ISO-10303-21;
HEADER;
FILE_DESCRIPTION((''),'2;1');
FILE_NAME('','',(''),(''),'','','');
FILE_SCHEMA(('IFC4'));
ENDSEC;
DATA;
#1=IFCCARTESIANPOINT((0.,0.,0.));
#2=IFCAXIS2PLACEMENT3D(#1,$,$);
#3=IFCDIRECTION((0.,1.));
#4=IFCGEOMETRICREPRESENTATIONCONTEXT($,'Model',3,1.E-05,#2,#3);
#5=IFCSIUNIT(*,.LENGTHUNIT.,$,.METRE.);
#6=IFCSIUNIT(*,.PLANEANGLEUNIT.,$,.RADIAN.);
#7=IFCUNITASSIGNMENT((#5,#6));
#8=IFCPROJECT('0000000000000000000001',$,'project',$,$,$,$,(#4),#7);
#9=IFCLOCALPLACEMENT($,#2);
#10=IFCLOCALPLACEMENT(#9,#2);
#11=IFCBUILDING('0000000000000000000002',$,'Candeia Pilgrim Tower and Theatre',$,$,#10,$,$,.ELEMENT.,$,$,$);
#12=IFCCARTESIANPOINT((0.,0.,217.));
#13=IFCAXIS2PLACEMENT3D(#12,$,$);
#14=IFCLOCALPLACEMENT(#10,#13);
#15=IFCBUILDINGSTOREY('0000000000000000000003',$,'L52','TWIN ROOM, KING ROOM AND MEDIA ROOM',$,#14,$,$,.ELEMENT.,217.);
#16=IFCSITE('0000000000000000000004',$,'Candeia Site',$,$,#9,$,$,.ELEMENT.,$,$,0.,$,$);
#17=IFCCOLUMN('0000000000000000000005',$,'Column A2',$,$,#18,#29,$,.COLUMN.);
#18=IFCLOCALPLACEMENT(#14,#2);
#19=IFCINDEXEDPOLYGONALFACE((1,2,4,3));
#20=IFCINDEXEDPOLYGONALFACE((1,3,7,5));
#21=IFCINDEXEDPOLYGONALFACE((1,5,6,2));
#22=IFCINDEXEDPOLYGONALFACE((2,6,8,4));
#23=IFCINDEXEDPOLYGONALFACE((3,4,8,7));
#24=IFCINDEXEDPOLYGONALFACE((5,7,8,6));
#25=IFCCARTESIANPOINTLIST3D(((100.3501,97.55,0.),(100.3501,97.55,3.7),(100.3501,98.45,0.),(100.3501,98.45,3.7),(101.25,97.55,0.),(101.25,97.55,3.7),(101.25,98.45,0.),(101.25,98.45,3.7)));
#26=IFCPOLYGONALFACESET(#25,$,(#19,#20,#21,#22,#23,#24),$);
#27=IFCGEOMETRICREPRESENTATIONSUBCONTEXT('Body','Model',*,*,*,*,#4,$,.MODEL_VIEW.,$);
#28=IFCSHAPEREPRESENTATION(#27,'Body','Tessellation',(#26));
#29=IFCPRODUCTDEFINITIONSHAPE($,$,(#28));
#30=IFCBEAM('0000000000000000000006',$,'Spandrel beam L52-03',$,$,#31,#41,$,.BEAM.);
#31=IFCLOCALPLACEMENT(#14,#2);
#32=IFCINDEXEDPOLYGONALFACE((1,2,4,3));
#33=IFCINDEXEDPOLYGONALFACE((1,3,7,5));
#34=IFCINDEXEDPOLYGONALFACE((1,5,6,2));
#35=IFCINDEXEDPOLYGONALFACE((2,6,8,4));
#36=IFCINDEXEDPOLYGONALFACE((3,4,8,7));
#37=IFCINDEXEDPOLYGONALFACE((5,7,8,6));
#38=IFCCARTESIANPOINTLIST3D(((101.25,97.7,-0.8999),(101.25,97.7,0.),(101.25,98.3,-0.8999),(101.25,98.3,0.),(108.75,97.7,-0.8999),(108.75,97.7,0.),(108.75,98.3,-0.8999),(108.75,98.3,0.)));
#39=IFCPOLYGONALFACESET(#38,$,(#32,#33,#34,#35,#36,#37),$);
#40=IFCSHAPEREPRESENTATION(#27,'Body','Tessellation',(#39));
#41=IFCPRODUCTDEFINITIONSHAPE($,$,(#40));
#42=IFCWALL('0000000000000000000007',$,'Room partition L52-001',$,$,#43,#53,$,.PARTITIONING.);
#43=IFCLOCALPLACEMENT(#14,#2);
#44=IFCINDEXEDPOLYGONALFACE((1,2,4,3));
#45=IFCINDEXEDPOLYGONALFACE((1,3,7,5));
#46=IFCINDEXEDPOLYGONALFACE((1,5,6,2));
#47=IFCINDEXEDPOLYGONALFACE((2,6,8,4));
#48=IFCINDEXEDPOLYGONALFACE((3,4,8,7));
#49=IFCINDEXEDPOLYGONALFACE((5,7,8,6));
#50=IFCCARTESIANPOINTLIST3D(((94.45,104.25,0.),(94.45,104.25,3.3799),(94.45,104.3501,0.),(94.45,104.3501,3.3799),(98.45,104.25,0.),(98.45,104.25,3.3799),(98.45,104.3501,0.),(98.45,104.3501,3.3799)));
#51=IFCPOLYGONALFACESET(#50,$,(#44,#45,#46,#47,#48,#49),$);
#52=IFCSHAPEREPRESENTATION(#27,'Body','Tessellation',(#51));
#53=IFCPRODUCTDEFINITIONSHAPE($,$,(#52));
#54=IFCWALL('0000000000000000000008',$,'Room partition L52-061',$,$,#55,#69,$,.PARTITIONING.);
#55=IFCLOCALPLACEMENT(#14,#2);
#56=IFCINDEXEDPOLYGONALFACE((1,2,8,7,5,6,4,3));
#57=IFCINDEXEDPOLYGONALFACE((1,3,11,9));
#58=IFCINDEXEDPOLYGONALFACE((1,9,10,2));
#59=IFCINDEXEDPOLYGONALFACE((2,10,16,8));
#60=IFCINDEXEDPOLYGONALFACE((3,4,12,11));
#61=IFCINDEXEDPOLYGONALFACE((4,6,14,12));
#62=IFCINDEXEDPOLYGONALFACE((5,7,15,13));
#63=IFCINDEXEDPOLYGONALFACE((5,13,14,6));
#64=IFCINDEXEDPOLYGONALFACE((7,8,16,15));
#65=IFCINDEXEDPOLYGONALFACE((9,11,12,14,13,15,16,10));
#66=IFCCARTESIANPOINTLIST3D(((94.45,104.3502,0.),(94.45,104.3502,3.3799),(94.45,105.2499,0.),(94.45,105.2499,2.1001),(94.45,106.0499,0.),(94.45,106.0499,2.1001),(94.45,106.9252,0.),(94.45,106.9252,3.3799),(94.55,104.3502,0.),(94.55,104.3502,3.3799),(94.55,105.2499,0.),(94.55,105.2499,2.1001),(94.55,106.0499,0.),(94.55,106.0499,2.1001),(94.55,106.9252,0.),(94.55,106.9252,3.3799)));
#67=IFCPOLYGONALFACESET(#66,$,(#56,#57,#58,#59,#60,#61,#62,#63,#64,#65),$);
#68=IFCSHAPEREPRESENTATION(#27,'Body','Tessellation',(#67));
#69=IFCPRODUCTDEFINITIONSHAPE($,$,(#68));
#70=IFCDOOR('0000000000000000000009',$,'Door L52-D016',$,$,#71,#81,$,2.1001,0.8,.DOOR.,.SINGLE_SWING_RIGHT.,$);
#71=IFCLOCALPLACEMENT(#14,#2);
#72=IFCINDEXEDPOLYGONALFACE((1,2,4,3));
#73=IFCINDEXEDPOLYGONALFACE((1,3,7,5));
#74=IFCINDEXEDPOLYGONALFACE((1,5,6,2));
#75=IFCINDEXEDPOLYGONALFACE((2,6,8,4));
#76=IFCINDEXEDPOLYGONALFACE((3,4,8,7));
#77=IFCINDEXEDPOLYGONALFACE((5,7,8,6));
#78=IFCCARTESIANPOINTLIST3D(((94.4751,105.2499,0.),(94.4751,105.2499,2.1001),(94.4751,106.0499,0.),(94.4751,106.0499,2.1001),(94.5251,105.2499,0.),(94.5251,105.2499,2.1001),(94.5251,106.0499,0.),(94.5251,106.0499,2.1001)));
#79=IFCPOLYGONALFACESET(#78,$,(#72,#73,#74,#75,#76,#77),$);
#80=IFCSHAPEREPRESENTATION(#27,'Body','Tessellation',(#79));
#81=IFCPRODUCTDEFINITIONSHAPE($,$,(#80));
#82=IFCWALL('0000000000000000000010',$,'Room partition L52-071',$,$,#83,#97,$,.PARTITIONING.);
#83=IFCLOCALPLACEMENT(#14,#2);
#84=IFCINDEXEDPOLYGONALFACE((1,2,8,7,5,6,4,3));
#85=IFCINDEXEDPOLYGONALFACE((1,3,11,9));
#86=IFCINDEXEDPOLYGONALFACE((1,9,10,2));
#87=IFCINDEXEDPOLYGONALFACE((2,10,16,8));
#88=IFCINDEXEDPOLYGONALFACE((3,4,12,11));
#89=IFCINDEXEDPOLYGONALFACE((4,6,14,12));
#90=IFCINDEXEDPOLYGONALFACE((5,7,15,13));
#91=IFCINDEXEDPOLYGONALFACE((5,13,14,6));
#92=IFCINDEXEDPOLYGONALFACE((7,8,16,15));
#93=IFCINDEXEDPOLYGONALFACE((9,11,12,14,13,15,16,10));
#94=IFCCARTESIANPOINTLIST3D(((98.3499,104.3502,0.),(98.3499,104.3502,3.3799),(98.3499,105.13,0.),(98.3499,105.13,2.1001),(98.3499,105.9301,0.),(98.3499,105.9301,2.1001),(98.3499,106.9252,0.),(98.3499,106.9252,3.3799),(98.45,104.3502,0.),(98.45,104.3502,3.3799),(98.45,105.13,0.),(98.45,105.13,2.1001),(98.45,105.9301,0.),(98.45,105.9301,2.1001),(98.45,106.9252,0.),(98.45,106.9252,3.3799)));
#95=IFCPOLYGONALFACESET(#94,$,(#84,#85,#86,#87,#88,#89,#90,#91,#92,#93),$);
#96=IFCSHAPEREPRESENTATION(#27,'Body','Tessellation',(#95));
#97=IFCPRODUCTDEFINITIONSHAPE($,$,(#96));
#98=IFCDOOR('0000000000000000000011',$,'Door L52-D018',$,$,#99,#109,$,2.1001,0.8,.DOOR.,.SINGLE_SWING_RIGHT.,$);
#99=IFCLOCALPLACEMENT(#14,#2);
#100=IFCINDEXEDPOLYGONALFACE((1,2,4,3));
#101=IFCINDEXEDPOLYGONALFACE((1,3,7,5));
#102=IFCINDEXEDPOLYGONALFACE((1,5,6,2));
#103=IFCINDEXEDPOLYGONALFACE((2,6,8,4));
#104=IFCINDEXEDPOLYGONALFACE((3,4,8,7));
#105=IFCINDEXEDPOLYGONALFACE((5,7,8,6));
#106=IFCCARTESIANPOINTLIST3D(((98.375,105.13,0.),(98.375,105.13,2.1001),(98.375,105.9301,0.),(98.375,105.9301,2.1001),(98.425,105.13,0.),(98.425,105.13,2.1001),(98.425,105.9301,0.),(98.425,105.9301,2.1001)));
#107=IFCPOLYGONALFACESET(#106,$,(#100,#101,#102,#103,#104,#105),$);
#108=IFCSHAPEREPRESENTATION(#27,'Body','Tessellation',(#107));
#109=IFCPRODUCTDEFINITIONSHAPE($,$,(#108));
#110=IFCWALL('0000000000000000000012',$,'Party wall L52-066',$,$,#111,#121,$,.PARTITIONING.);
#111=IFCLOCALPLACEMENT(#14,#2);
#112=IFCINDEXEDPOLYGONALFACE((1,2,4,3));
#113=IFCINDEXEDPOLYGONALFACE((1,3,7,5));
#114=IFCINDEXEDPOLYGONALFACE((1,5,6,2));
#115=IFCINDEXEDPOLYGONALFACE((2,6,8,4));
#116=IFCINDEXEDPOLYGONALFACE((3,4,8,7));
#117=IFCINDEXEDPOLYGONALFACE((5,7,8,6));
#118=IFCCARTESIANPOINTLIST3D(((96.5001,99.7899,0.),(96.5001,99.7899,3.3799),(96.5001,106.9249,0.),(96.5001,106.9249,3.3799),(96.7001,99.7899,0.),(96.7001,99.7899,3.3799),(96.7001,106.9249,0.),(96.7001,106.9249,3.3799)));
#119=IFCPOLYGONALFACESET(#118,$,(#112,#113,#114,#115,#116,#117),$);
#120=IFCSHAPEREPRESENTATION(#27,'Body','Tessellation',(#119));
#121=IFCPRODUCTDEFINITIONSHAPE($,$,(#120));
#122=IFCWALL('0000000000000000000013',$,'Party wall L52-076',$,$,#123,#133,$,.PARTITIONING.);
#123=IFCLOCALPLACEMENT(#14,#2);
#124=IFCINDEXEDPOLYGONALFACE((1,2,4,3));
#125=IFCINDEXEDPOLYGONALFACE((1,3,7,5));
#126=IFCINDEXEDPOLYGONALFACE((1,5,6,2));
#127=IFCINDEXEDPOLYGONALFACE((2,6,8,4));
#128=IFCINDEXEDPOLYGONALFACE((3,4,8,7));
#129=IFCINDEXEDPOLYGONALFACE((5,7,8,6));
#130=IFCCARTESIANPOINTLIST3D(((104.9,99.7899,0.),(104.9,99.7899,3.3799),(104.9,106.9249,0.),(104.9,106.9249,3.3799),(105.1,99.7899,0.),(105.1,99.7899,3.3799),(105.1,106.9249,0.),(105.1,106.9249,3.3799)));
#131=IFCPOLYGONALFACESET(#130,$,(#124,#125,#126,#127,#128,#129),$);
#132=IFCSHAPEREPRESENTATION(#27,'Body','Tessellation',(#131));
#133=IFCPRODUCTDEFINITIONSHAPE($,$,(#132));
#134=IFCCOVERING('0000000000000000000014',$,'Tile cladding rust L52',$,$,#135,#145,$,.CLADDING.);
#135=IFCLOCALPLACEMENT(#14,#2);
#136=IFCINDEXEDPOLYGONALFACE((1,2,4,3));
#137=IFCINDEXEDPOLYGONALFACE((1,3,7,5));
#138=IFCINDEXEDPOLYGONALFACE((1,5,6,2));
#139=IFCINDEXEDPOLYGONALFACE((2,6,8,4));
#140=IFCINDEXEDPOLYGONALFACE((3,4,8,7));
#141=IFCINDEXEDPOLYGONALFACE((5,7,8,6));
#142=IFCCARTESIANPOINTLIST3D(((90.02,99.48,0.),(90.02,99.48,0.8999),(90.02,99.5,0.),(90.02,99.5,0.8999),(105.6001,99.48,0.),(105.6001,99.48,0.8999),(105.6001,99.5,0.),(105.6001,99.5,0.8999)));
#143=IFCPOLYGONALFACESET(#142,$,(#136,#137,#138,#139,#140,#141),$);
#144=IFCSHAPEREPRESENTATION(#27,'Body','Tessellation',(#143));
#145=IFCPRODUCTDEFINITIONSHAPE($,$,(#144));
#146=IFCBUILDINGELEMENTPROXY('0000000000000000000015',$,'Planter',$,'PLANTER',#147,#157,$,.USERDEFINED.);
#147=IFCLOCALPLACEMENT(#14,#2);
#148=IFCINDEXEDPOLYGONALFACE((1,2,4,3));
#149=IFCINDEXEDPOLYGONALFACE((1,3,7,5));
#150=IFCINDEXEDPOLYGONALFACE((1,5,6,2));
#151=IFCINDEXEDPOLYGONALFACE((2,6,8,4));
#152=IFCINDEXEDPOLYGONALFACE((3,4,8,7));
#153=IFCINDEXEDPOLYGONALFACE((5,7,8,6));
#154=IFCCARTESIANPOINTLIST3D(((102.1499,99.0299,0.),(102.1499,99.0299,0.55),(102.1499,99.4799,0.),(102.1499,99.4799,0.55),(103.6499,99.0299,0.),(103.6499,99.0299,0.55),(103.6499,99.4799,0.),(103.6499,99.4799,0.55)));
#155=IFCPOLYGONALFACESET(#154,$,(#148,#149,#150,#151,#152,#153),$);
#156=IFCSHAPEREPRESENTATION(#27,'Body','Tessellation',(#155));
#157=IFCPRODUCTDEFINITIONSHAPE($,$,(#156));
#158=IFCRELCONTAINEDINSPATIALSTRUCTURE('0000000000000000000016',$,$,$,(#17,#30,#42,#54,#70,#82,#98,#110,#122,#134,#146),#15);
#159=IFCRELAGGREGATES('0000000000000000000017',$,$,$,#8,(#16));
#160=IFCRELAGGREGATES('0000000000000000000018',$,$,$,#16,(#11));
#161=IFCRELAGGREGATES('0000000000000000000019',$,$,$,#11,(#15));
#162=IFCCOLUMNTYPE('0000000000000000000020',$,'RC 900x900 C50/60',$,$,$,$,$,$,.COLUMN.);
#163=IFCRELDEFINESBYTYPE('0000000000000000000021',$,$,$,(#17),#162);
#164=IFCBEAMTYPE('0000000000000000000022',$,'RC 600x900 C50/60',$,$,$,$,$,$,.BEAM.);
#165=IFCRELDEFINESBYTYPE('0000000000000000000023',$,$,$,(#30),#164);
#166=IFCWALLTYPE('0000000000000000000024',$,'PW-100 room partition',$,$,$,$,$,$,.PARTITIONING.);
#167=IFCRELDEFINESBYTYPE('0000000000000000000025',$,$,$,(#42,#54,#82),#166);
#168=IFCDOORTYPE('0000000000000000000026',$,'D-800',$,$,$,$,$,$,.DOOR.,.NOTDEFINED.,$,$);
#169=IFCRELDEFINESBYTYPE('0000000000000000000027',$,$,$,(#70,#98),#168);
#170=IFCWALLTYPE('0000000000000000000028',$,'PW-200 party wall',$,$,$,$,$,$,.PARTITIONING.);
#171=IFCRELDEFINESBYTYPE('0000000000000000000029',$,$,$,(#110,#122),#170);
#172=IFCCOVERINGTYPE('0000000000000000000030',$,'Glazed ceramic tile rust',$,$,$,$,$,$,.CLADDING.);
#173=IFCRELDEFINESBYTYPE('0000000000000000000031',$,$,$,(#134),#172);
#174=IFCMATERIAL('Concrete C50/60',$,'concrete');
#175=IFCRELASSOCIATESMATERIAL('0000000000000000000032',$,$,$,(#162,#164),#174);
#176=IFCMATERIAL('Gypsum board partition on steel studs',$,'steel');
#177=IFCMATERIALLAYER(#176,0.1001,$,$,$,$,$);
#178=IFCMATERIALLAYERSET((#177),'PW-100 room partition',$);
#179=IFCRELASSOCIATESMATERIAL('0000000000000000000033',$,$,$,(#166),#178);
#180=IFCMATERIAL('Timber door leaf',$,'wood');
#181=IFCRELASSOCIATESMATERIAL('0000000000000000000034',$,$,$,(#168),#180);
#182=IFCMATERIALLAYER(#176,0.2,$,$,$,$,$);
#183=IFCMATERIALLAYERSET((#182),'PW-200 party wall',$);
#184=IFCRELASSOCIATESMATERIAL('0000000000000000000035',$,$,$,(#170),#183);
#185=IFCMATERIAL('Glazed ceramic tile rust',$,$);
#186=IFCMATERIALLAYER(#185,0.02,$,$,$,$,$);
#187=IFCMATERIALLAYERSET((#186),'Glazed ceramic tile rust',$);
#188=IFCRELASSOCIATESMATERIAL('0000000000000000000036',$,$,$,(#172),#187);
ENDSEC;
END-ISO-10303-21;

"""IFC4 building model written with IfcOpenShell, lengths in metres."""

from ifc_helpers import new_model, si_unit, direction, frame, frame_2d, origin, origin_2d, place, context, subcontext, project, spatial, rectangle, extrude, material, layer, layer_set, material_profile, profile_set, type_object, element, fill, save


model = new_model("IFC4")

# Units and contexts
model_context = context("Model", 3, precision=1e-05, world=origin(), true_north=direction((0.0, 1.0)))
body_context = subcontext(model_context, "Body", "Model", "MODEL_VIEW")
ifc_project = project(units=[si_unit("LENGTHUNIT", "METRE"), si_unit("PLANEANGLEUNIT", "RADIAN")], contexts=[model_context])

# Site, building, storey
site_placement = place(None, origin())
site = spatial("IfcSite", under=ifc_project, at=site_placement, Name="Candeia Site", CompositionType="ELEMENT", RefElevation=0.0)
building_placement = place(site_placement, origin())
building = spatial("IfcBuilding", under=site, at=building_placement, Name="Candeia Pilgrim Tower and Theatre", CompositionType="ELEMENT")
storey_placement = place(building_placement, frame((0.0, 0.0, 217.0)))
storey = spatial("IfcBuildingStorey", under=building, at=storey_placement, Name="L52", Description="TWIN ROOM, KING ROOM AND MEDIA ROOM", CompositionType="ELEMENT", Elevation=217.0)

# Column
ifc_material_1 = material(Name="Concrete C50/60", Category="concrete")
ifc_material_profile_1 = material_profile(ifc_material_1, rectangle(XDim=0.8999, YDim=0.8999, at=origin_2d()))
ifc_profile_set_1 = profile_set([ifc_material_profile_1], Name="Concrete C50/60")
column_type = type_object("IfcColumnType", Name="RC 900x900 C50/60", PredefinedType="COLUMN", material=ifc_profile_set_1)
column_placement = place(storey_placement, frame((100.8, 98.0, 0.0), z_axis=(0.0, 0.0, 1.0), x_axis=(1.0, 0.0, 0.0)))
element("IfcColumn", 1, at=column_placement, inside=storey, type_object=column_type, Name="Column A2", PredefinedType="COLUMN", context=body_context, shape_type="SweptSolid", body=[
    extrude(rectangle(XDim=0.8999, YDim=0.8999, at=origin_2d()), origin(), (0.0, 0.0, 1.0), 3.7),
])

# Beam
ifc_material_profile_2 = material_profile(ifc_material_1, rectangle(XDim=0.6001, YDim=0.8999, at=origin_2d()))
ifc_profile_set_2 = profile_set([ifc_material_profile_2], Name="Concrete C50/60")
beam_type = type_object("IfcBeamType", Name="RC 600x900 C50/60", PredefinedType="BEAM", material=ifc_profile_set_2)
beam_placement = place(storey_placement, frame((101.25, 98.0, -0.45), z_axis=(1.0, 0.0, 0.0), x_axis=(0.0, 1.0, 0.0)))
element("IfcBeam", 2, at=beam_placement, inside=storey, type_object=beam_type, Name="Spandrel beam L52-03", PredefinedType="BEAM", context=body_context, shape_type="SweptSolid", body=[
    extrude(rectangle(XDim=0.6001, YDim=0.8999, at=origin_2d()), origin(), (0.0, 0.0, 1.0), 7.5),
])

# Wall
ifc_material_2 = material(Name="Gypsum board partition on steel studs", Category="steel")
ifc_layer_1 = layer(ifc_material_2, 0.1001)
ifc_layer_set_1 = layer_set([ifc_layer_1], Name="PW-100 room partition")
wall_type_1 = type_object("IfcWallType", Name="PW-100 room partition", PredefinedType="PARTITIONING", material=ifc_layer_set_1)
wall_1_placement = place(storey_placement, frame((94.45, 104.3, 0.0), z_axis=(0.0, 0.0, 1.0), x_axis=(1.0, 0.0, 0.0)))
element("IfcWall", 3, at=wall_1_placement, inside=storey, type_object=wall_type_1, Name="Room partition L52-001", PredefinedType="PARTITIONING", context=body_context, shape_type="SweptSolid", body=[
    extrude(rectangle(XDim=4.0, YDim=0.1001, at=frame_2d((2.0, 0.0))), origin(), (0.0, 0.0, 1.0), 3.3799),
])

# Walls, openings, doors
wall_2_placement = place(storey_placement, frame((94.5, 104.3501, 0.0), z_axis=(0.0, 0.0, 1.0), x_axis=(0.0, 1.0, 0.0)))
wall_2 = element("IfcWall", 4, at=wall_2_placement, inside=storey, type_object=wall_type_1, Name="Room partition L52-061", PredefinedType="PARTITIONING", context=body_context, shape_type="SweptSolid", body=[
    extrude(rectangle(XDim=2.575, YDim=0.1001, at=frame_2d((1.2876, 0.0))), origin(), (0.0, 0.0, 1.0), 3.3799),
])
opening_1_placement = place(wall_2_placement, frame((0.8999, 0.0, 0.0)))
opening_1 = element("IfcOpeningElement", 5, at=opening_1_placement, cuts=wall_2, PredefinedType="OPENING", context=body_context, shape_type="SweptSolid", body=[
    extrude(rectangle(XDim=0.8, YDim=2.1001, at=frame_2d((0.3999, 1.05))), frame((0.0, 0.0601, 0.0), z_axis=(0.0, -1.0, 0.0), x_axis=(1.0, 0.0, 0.0)), (0.0, 0.0, 1.0), 0.1201),
])
ifc_material_3 = material(Name="Timber door leaf", Category="wood")
door_type = type_object("IfcDoorType", Name="D-800", OperationType="NOTDEFINED", PredefinedType="DOOR", material=ifc_material_3)
door_1_placement = place(opening_1_placement, origin())
door_1 = element("IfcDoor", 6, at=door_1_placement, inside=storey, type_object=door_type, Name="Door L52-D016", OperationType="SINGLE_SWING_RIGHT", OverallHeight=2.1001, OverallWidth=0.8, PredefinedType="DOOR", context=body_context, shape_type="SweptSolid", body=[
    extrude(rectangle(XDim=0.8, YDim=2.1001, at=frame_2d((0.3999, 1.05))), frame((0.0, 0.0249, 0.0), z_axis=(0.0, -1.0, 0.0), x_axis=(1.0, 0.0, 0.0)), (0.0, 0.0, 1.0), 0.05),
])
fill(opening_1, door_1)
wall_3_placement = place(storey_placement, frame((98.3999, 104.3501, 0.0), z_axis=(0.0, 0.0, 1.0), x_axis=(0.0, 1.0, 0.0)))
wall_3 = element("IfcWall", 7, at=wall_3_placement, inside=storey, type_object=wall_type_1, Name="Room partition L52-071", PredefinedType="PARTITIONING", context=body_context, shape_type="SweptSolid", body=[
    extrude(rectangle(XDim=2.575, YDim=0.1001, at=frame_2d((1.2876, 0.0))), origin(), (0.0, 0.0, 1.0), 3.3799),
])
opening_2_placement = place(wall_3_placement, frame((0.78, 0.0, 0.0)))
opening_2 = element("IfcOpeningElement", 8, at=opening_2_placement, cuts=wall_3, PredefinedType="OPENING", context=body_context, shape_type="SweptSolid", body=[
    extrude(rectangle(XDim=0.8, YDim=2.1001, at=frame_2d((0.3999, 1.05))), frame((0.0, 0.0601, 0.0), z_axis=(0.0, -1.0, 0.0), x_axis=(1.0, 0.0, 0.0)), (0.0, 0.0, 1.0), 0.1201),
])
door_2_placement = place(opening_2_placement, origin())
door_2 = element("IfcDoor", 9, at=door_2_placement, inside=storey, type_object=door_type, Name="Door L52-D018", OperationType="SINGLE_SWING_RIGHT", OverallHeight=2.1001, OverallWidth=0.8, PredefinedType="DOOR", context=body_context, shape_type="SweptSolid", body=[
    extrude(rectangle(XDim=0.8, YDim=2.1001, at=frame_2d((0.3999, 1.05))), frame((0.0, 0.0249, 0.0), z_axis=(0.0, -1.0, 0.0), x_axis=(1.0, 0.0, 0.0)), (0.0, 0.0, 1.0), 0.05),
])
fill(opening_2, door_2)

# Walls
ifc_layer_2 = layer(ifc_material_2, 0.2)
ifc_layer_set_2 = layer_set([ifc_layer_2], Name="PW-200 party wall")
wall_type_2 = type_object("IfcWallType", Name="PW-200 party wall", PredefinedType="PARTITIONING", material=ifc_layer_set_2)
for number, where, z_axis, x_axis, name in (
    (10, (96.6001, 99.79, 0.0), (0.0, 0.0, 1.0), (0.0, 1.0, 0.0), "Party wall L52-066"),
    (11, (105.0, 99.79, 0.0), (0.0, 0.0, 1.0), (0.0, 1.0, 0.0), "Party wall L52-076"),
):
    element("IfcWall", number, at=place(storey_placement, frame(where, z_axis=z_axis, x_axis=x_axis)), inside=storey, type_object=wall_type_2, Name=name, PredefinedType="PARTITIONING", context=body_context, shape_type="SweptSolid", body=[
        extrude(rectangle(XDim=7.135, YDim=0.2, at=frame_2d((3.5674, 0.0))), origin(), (0.0, 0.0, 1.0), 3.3799),
    ])

# Covering
ifc_material_4 = material(Name="Glazed ceramic tile rust")
ifc_layer_3 = layer(ifc_material_4, 0.02)
ifc_layer_set_3 = layer_set([ifc_layer_3], Name="Glazed ceramic tile rust")
covering_type = type_object("IfcCoveringType", Name="Glazed ceramic tile rust", PredefinedType="CLADDING", material=ifc_layer_set_3)
covering_placement = place(storey_placement, frame((97.8101, 99.49, 0.0), z_axis=(0.0, 0.0, 1.0), x_axis=(1.0, 0.0, 0.0)))
element("IfcCovering", 12, at=covering_placement, inside=storey, type_object=covering_type, Name="Tile cladding rust L52", PredefinedType="CLADDING", context=body_context, shape_type="SweptSolid", body=[
    extrude(rectangle(XDim=15.5801, YDim=0.02, at=origin_2d()), origin(), (0.0, 0.0, 1.0), 0.8999),
])

# Building element proxy
proxy_placement = place(storey_placement, frame((102.8999, 99.2549, 0.0), z_axis=(0.0, 0.0, 1.0), x_axis=(1.0, 0.0, 0.0)))
element("IfcBuildingElementProxy", 13, at=proxy_placement, inside=storey, Name="Planter", ObjectType="PLANTER", PredefinedType="USERDEFINED", context=body_context, shape_type="SweptSolid", body=[
    extrude(rectangle(XDim=1.5, YDim=0.45, at=origin_2d()), origin(), (0.0, 0.0, 1.0), 0.55),
])

save(model, "model.ifc")
